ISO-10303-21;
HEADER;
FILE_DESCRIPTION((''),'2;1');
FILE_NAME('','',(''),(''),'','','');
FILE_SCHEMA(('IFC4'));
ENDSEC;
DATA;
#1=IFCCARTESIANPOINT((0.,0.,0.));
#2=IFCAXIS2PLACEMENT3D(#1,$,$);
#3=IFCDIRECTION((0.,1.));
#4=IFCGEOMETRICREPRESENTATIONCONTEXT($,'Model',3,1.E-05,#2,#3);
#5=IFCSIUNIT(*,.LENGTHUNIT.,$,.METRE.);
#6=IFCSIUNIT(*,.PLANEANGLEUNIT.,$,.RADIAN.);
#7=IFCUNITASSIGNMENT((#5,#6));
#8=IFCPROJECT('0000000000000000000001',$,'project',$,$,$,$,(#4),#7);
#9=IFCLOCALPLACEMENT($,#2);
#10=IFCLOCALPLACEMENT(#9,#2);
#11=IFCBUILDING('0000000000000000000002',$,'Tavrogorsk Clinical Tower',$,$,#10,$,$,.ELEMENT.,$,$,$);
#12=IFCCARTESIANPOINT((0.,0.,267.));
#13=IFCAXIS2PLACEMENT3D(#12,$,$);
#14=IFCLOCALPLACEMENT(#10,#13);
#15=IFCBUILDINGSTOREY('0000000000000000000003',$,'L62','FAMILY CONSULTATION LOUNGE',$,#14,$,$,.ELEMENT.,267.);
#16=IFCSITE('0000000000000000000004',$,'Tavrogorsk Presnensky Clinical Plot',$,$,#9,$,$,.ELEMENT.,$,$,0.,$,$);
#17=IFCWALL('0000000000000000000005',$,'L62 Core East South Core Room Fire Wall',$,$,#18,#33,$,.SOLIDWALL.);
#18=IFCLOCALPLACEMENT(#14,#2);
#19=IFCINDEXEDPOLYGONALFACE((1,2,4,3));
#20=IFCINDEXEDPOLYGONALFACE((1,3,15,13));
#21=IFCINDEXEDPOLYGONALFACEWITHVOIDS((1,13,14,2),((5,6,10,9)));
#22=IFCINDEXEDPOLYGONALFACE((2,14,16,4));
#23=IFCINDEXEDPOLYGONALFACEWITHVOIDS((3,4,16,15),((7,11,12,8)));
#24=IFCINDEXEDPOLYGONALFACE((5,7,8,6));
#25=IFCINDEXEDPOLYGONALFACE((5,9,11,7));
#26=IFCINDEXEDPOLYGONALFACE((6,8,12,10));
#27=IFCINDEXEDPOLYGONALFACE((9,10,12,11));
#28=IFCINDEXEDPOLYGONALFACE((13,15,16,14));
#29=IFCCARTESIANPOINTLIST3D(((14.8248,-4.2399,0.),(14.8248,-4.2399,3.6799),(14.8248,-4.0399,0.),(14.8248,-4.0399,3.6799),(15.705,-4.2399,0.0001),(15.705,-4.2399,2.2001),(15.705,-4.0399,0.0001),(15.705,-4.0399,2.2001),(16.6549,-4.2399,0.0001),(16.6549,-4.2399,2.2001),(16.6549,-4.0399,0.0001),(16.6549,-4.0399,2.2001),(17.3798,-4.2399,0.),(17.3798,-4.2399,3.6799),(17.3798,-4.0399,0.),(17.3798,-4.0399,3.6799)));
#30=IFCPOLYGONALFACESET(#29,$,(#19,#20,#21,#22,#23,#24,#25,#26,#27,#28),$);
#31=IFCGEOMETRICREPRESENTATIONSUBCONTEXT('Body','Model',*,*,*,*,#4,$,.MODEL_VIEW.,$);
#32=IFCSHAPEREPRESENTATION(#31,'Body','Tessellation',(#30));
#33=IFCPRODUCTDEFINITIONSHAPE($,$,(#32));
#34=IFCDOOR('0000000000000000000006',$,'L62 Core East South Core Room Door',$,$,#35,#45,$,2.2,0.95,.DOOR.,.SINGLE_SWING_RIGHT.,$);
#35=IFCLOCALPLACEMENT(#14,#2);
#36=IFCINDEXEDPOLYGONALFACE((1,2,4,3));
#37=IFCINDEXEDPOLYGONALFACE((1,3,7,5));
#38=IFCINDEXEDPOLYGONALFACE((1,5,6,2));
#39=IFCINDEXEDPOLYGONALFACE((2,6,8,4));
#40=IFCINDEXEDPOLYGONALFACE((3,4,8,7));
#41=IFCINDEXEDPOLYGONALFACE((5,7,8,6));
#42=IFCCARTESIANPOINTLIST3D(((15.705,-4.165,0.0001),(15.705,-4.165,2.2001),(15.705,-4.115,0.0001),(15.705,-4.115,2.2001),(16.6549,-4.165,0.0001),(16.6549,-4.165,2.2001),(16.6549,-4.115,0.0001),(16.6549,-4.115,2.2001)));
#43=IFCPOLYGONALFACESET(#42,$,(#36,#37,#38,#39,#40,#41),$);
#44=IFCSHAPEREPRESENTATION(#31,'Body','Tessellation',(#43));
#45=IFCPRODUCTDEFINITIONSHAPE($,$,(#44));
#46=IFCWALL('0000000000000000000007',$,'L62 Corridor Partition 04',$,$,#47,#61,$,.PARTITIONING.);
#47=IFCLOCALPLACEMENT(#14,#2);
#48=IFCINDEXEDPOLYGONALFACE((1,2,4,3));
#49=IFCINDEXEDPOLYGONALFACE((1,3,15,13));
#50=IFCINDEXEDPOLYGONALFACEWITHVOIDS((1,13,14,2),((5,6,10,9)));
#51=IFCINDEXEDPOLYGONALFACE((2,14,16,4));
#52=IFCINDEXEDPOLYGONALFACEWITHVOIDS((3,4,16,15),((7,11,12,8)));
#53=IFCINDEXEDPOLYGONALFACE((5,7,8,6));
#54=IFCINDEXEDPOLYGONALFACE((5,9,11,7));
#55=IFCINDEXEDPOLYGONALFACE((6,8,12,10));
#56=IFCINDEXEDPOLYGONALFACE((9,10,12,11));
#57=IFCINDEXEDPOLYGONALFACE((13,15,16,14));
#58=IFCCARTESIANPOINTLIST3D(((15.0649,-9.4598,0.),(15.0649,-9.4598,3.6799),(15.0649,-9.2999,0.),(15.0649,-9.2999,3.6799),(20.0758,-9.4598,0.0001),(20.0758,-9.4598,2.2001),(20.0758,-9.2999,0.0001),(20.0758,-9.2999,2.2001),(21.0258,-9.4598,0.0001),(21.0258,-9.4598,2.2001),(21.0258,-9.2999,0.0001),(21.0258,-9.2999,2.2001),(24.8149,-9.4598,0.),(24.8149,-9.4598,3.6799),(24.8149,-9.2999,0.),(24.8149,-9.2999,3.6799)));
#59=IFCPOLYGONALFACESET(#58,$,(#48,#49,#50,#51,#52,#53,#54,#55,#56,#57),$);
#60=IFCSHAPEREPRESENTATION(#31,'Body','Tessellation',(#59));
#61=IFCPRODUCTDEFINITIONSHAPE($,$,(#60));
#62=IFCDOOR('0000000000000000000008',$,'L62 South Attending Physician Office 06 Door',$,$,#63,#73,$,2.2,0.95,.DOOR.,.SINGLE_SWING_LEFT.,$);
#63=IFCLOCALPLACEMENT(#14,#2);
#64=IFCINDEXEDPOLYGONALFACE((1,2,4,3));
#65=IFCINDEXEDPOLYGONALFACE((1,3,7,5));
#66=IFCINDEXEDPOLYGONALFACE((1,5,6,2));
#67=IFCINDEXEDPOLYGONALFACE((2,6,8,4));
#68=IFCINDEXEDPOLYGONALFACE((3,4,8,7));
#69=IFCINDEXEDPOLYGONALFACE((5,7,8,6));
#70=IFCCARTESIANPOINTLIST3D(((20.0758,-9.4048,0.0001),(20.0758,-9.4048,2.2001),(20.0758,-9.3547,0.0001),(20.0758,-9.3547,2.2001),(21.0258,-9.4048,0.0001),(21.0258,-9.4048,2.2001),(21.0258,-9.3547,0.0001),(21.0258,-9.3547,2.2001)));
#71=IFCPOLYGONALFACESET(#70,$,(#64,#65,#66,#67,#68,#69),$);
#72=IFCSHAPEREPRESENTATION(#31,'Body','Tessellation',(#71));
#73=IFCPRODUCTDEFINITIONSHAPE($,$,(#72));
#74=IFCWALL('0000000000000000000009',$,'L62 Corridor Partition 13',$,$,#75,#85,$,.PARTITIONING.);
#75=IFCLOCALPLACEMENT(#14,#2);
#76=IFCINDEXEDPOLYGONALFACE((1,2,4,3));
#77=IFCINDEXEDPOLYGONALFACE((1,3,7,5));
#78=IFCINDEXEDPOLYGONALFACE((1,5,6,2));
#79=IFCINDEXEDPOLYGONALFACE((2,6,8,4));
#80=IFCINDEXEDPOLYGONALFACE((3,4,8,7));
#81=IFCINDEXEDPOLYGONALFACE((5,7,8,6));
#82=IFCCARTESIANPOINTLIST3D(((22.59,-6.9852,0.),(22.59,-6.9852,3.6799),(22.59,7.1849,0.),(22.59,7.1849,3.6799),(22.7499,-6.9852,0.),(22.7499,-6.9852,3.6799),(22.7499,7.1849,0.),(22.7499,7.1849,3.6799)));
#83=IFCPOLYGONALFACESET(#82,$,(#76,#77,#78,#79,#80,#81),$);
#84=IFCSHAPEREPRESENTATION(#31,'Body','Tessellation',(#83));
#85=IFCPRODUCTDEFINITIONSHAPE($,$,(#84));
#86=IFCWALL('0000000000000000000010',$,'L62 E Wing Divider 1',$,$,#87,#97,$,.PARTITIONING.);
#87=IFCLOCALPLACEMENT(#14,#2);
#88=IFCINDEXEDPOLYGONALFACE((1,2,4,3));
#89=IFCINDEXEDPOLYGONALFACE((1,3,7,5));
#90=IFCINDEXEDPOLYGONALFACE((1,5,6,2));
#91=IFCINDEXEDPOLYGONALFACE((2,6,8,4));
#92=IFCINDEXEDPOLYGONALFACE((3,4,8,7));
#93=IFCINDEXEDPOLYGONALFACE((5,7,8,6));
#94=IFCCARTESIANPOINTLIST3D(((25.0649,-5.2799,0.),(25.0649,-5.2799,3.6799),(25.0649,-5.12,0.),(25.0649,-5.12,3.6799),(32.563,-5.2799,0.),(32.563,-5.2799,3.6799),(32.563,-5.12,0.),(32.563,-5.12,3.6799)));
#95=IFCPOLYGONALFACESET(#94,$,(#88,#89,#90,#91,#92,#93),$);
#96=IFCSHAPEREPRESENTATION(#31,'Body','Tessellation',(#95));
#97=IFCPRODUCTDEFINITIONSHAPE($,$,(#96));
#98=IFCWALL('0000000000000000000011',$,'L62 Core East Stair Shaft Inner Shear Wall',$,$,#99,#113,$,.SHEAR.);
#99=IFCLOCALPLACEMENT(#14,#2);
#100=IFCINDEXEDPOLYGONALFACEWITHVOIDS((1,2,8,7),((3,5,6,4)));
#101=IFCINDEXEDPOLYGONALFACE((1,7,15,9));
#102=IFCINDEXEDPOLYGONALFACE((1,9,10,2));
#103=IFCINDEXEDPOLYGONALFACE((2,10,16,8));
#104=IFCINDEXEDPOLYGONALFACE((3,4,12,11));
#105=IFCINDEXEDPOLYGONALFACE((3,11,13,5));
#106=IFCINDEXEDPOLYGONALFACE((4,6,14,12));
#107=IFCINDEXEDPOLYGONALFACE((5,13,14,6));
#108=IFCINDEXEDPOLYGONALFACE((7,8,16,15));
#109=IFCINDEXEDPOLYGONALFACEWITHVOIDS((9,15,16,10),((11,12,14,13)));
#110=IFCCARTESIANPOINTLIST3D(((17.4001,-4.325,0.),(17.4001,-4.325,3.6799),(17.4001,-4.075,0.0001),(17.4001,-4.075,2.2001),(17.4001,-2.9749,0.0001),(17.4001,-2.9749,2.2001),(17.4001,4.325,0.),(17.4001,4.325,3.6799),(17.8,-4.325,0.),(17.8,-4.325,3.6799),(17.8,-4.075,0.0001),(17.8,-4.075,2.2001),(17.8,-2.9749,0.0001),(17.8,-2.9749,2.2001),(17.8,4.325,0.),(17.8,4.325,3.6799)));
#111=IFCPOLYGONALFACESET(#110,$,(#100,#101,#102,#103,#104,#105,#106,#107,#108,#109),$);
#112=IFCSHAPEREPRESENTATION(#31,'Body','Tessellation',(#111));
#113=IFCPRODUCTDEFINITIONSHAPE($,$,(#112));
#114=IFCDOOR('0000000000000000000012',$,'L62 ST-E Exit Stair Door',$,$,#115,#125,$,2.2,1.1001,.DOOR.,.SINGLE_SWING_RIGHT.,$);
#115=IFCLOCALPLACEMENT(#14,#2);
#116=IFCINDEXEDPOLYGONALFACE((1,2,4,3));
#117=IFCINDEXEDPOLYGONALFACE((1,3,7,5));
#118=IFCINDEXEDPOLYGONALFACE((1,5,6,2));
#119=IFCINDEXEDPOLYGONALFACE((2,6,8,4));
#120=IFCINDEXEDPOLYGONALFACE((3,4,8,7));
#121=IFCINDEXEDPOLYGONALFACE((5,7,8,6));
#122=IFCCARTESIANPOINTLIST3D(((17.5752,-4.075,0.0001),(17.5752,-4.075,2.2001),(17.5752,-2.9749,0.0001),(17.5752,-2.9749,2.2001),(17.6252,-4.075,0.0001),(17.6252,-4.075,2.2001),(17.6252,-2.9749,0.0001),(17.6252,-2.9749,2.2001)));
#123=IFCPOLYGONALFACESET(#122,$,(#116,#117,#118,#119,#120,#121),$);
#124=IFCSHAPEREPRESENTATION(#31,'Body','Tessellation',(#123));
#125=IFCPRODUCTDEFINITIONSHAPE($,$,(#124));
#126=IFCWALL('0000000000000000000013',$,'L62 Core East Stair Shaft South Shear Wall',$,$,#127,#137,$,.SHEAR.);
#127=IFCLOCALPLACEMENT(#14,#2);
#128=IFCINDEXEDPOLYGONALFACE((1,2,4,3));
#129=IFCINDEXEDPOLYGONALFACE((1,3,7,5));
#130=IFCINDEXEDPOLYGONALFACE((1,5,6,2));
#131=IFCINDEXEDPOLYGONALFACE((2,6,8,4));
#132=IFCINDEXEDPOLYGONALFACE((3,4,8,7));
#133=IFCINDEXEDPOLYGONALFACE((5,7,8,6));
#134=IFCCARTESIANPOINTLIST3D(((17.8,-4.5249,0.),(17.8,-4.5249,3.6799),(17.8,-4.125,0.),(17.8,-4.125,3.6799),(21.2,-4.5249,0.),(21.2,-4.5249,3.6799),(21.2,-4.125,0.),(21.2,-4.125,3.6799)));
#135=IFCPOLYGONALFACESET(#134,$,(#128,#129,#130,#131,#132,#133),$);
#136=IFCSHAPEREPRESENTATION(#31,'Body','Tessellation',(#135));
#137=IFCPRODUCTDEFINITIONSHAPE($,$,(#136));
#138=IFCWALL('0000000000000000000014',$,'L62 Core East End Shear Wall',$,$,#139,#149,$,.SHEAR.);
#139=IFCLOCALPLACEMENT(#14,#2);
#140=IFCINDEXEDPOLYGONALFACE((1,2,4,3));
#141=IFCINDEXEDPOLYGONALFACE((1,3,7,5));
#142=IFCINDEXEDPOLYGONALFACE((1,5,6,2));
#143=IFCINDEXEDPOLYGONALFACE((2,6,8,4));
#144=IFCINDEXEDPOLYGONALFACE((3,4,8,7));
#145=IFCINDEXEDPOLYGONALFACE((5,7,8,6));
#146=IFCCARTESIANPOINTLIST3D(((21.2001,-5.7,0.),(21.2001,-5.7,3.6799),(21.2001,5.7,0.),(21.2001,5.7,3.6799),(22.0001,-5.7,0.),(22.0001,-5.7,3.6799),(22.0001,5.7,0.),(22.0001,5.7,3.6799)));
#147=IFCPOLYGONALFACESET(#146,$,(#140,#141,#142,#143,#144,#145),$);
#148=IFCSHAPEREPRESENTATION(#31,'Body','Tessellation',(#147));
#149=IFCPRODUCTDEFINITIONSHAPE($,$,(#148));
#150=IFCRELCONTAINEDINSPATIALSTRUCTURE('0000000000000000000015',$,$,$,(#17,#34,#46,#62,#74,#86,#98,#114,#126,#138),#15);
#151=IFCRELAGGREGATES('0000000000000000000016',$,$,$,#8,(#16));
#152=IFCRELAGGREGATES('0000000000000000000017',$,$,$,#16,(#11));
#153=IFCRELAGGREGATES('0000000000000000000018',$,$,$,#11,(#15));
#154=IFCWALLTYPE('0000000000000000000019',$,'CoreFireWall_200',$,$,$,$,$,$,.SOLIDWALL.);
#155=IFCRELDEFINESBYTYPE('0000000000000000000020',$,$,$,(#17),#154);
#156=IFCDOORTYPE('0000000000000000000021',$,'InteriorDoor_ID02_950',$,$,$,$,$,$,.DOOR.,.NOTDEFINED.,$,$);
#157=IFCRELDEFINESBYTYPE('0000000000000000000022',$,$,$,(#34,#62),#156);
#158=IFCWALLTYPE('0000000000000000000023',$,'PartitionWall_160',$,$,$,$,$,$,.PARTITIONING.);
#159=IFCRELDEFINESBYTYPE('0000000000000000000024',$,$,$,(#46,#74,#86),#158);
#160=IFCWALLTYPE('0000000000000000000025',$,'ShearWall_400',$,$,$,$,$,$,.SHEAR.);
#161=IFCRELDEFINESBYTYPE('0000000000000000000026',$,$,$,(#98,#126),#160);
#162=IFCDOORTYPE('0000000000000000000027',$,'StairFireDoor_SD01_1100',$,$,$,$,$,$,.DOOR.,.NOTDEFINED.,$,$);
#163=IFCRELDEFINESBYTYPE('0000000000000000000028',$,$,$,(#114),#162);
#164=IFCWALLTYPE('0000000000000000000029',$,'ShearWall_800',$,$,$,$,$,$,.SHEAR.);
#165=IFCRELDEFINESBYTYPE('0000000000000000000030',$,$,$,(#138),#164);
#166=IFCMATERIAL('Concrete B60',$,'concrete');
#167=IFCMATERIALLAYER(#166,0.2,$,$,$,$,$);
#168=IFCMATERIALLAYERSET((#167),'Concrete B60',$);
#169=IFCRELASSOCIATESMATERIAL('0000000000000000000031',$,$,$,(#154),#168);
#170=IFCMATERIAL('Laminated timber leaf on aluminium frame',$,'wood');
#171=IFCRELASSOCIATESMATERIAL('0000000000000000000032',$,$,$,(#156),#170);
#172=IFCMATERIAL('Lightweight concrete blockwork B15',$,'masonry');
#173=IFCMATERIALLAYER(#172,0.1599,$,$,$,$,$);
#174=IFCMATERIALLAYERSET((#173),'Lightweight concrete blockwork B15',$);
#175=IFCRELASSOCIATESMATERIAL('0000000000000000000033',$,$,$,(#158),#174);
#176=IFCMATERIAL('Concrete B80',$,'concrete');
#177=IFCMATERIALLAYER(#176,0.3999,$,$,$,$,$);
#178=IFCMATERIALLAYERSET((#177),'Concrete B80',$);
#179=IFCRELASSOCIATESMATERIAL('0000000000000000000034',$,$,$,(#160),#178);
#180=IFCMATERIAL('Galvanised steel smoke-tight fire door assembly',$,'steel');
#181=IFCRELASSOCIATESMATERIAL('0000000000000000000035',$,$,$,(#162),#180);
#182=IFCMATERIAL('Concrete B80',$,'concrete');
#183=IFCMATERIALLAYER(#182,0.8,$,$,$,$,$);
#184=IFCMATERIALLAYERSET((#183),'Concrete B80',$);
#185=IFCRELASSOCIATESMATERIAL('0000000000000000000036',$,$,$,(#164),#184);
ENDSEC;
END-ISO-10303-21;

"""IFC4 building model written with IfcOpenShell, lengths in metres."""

from ifc_helpers import new_model, si_unit, direction, frame, frame_2d, origin, place, context, subcontext, project, spatial, rectangle, extrude, material, layer, layer_set, type_object, element, fill, save


model = new_model("IFC4")

# Units and contexts
model_context = context("Model", 3, precision=1e-05, world=origin(), true_north=direction((0.0, 1.0)))
body_context = subcontext(model_context, "Body", "Model", "MODEL_VIEW")
ifc_project = project(units=[si_unit("LENGTHUNIT", "METRE"), si_unit("PLANEANGLEUNIT", "RADIAN")], contexts=[model_context])

# Site, building, storey
site_placement = place(None, origin())
site = spatial("IfcSite", under=ifc_project, at=site_placement, Name="Tavrogorsk Presnensky Clinical Plot", CompositionType="ELEMENT", RefElevation=0.0)
building_placement = place(site_placement, origin())
building = spatial("IfcBuilding", under=site, at=building_placement, Name="Tavrogorsk Clinical Tower", CompositionType="ELEMENT")
storey_placement = place(building_placement, frame((0.0, 0.0, 267.0)))
storey = spatial("IfcBuildingStorey", under=building, at=storey_placement, Name="L62", Description="FAMILY CONSULTATION LOUNGE", CompositionType="ELEMENT", Elevation=267.0)

# Walls, openings, doors
ifc_material_1 = material(Name="Concrete B60", Category="concrete")
ifc_layer_1 = layer(ifc_material_1, 0.2)
ifc_layer_set_1 = layer_set([ifc_layer_1], Name="Concrete B60")
wall_type_1 = type_object("IfcWallType", Name="CoreFireWall_200", PredefinedType="SOLIDWALL", material=ifc_layer_set_1)
wall_1_placement = place(storey_placement, frame((14.825, -4.1399, 0.0), z_axis=(0.0, 0.0, 1.0), x_axis=(1.0, 0.0, 0.0)))
wall_1 = element("IfcWall", 1, at=wall_1_placement, inside=storey, type_object=wall_type_1, Name="L62 Core East South Core Room Fire Wall", PredefinedType="SOLIDWALL", context=body_context, shape_type="SweptSolid", body=[
    extrude(rectangle(XDim=2.5549, YDim=0.2, at=frame_2d((1.2773, 0.0))), origin(), (0.0, 0.0, 1.0), 3.6799),
])
opening_1_placement = place(wall_1_placement, frame((0.8799, 0.0, 0.0)))
opening_1 = element("IfcOpeningElement", 2, at=opening_1_placement, cuts=wall_1, PredefinedType="OPENING", context=body_context, shape_type="SweptSolid", body=[
    extrude(rectangle(XDim=0.95, YDim=2.2, at=frame_2d((0.4751, 1.1001))), frame((0.0, 0.1099, 0.0), z_axis=(0.0, -1.0, 0.0), x_axis=(1.0, 0.0, 0.0)), (0.0, 0.0, 1.0), 0.22),
])
ifc_material_2 = material(Name="Laminated timber leaf on aluminium frame", Category="wood")
door_type_1 = type_object("IfcDoorType", Name="InteriorDoor_ID02_950", OperationType="NOTDEFINED", PredefinedType="DOOR", material=ifc_material_2)
door_1_placement = place(opening_1_placement, origin())
door_1 = element("IfcDoor", 3, at=door_1_placement, inside=storey, type_object=door_type_1, Name="L62 Core East South Core Room Door", OperationType="SINGLE_SWING_RIGHT", OverallHeight=2.2, OverallWidth=0.95, PredefinedType="DOOR", context=body_context, shape_type="SweptSolid", body=[
    extrude(rectangle(XDim=0.95, YDim=2.2, at=frame_2d((0.4751, 1.1001))), frame((0.0, 0.0249, 0.0), z_axis=(0.0, -1.0, 0.0), x_axis=(1.0, 0.0, 0.0)), (0.0, 0.0, 1.0), 0.05),
])
fill(opening_1, door_1)
ifc_material_3 = material(Name="Lightweight concrete blockwork B15", Category="masonry")
ifc_layer_2 = layer(ifc_material_3, 0.1599)
ifc_layer_set_2 = layer_set([ifc_layer_2], Name="Lightweight concrete blockwork B15")
wall_type_2 = type_object("IfcWallType", Name="PartitionWall_160", PredefinedType="PARTITIONING", material=ifc_layer_set_2)
wall_2_placement = place(storey_placement, frame((24.8149, -9.3799, 0.0), z_axis=(0.0, 0.0, 1.0), x_axis=(-1.0, 0.0, 0.0)))
wall_2 = element("IfcWall", 4, at=wall_2_placement, inside=storey, type_object=wall_type_2, Name="L62 Corridor Partition 04", PredefinedType="PARTITIONING", context=body_context, shape_type="SweptSolid", body=[
    extrude(rectangle(XDim=9.75, YDim=0.1599, at=frame_2d((4.875, 0.0))), origin(), (0.0, 0.0, 1.0), 3.6799),
])
opening_2_placement = place(wall_2_placement, frame((3.7891, 0.0, 0.0)))
opening_2 = element("IfcOpeningElement", 5, at=opening_2_placement, cuts=wall_2, PredefinedType="OPENING", context=body_context, shape_type="SweptSolid", body=[
    extrude(rectangle(XDim=0.95, YDim=2.2, at=frame_2d((0.4751, 1.1001))), frame((0.0, 0.0898, 0.0), z_axis=(0.0, -1.0, 0.0), x_axis=(1.0, 0.0, 0.0)), (0.0, 0.0, 1.0), 0.1799),
])
door_2_placement = place(opening_2_placement, origin())
door_2 = element("IfcDoor", 6, at=door_2_placement, inside=storey, type_object=door_type_1, Name="L62 South Attending Physician Office 06 Door", OperationType="SINGLE_SWING_LEFT", OverallHeight=2.2, OverallWidth=0.95, PredefinedType="DOOR", context=body_context, shape_type="SweptSolid", body=[
    extrude(rectangle(XDim=0.95, YDim=2.2, at=frame_2d((0.4751, 1.1001))), frame((0.0, 0.0249, 0.0), z_axis=(0.0, -1.0, 0.0), x_axis=(1.0, 0.0, 0.0)), (0.0, 0.0, 1.0), 0.05),
])
fill(opening_2, door_2)

# Walls
wall_3_placement = place(storey_placement, frame((22.6699, -6.9851, 0.0), z_axis=(0.0, 0.0, 1.0), x_axis=(0.0, 1.0, 0.0)))
element("IfcWall", 7, at=wall_3_placement, inside=storey, type_object=wall_type_2, Name="L62 Corridor Partition 13", PredefinedType="PARTITIONING", context=body_context, shape_type="SweptSolid", body=[
    extrude(rectangle(XDim=14.1702, YDim=0.1599, at=frame_2d((7.085, 0.0))), origin(), (0.0, 0.0, 1.0), 3.6799),
])
wall_4_placement = place(storey_placement, frame((25.0649, -5.2, 0.0), z_axis=(0.0, 0.0, 1.0), x_axis=(1.0, 0.0, 0.0)))
element("IfcWall", 8, at=wall_4_placement, inside=storey, type_object=wall_type_2, Name="L62 E Wing Divider 1", PredefinedType="PARTITIONING", context=body_context, shape_type="SweptSolid", body=[
    extrude(rectangle(XDim=7.498, YDim=0.1599, at=frame_2d((3.749, 0.0))), origin(), (0.0, 0.0, 1.0), 3.6799),
])

# Wall, opening, door
ifc_material_4 = material(Name="Concrete B80", Category="concrete")
ifc_layer_3 = layer(ifc_material_4, 0.3999)
ifc_layer_set_3 = layer_set([ifc_layer_3], Name="Concrete B80")
wall_type_3 = type_object("IfcWallType", Name="ShearWall_400", PredefinedType="SHEAR", material=ifc_layer_set_3)
wall_5_placement = place(storey_placement, frame((17.6001, -4.325, 0.0), z_axis=(0.0, 0.0, 1.0), x_axis=(0.0, 1.0, 0.0)))
wall_5 = element("IfcWall", 9, at=wall_5_placement, inside=storey, type_object=wall_type_3, Name="L62 Core East Stair Shaft Inner Shear Wall", PredefinedType="SHEAR", context=body_context, shape_type="SweptSolid", body=[
    extrude(rectangle(XDim=8.6499, YDim=0.3999, at=frame_2d((4.325, 0.0))), origin(), (0.0, 0.0, 1.0), 3.6799),
])
opening_3_placement = place(wall_5_placement, frame((0.25, 0.0, 0.0)))
opening_3 = element("IfcOpeningElement", 10, at=opening_3_placement, cuts=wall_5, PredefinedType="OPENING", context=body_context, shape_type="SweptSolid", body=[
    extrude(rectangle(XDim=1.1001, YDim=2.2, at=frame_2d((0.55, 1.1001))), frame((0.0, 0.21, 0.0), z_axis=(0.0, -1.0, 0.0), x_axis=(1.0, 0.0, 0.0)), (0.0, 0.0, 1.0), 0.4199),
])
ifc_material_5 = material(Name="Galvanised steel smoke-tight fire door assembly", Category="steel")
door_type_2 = type_object("IfcDoorType", Name="StairFireDoor_SD01_1100", OperationType="NOTDEFINED", PredefinedType="DOOR", material=ifc_material_5)
door_3_placement = place(opening_3_placement, origin())
door_3 = element("IfcDoor", 11, at=door_3_placement, inside=storey, type_object=door_type_2, Name="L62 ST-E Exit Stair Door", OperationType="SINGLE_SWING_RIGHT", OverallHeight=2.2, OverallWidth=1.1001, PredefinedType="DOOR", context=body_context, shape_type="SweptSolid", body=[
    extrude(rectangle(XDim=1.1001, YDim=2.2, at=frame_2d((0.55, 1.1001))), frame((0.0, 0.0249, 0.0), z_axis=(0.0, -1.0, 0.0), x_axis=(1.0, 0.0, 0.0)), (0.0, 0.0, 1.0), 0.05),
])
fill(opening_3, door_3)

# Walls
wall_6_placement = place(storey_placement, frame((17.8, -4.325, 0.0), z_axis=(0.0, 0.0, 1.0), x_axis=(1.0, 0.0, 0.0)))
element("IfcWall", 12, at=wall_6_placement, inside=storey, type_object=wall_type_3, Name="L62 Core East Stair Shaft South Shear Wall", PredefinedType="SHEAR", context=body_context, shape_type="SweptSolid", body=[
    extrude(rectangle(XDim=3.3999, YDim=0.3999, at=frame_2d((1.7, 0.0))), origin(), (0.0, 0.0, 1.0), 3.6799),
])
ifc_material_6 = material(Name="Concrete B80", Category="concrete")
ifc_layer_4 = layer(ifc_material_6, 0.8)
ifc_layer_set_4 = layer_set([ifc_layer_4], Name="Concrete B80")
wall_type_4 = type_object("IfcWallType", Name="ShearWall_800", PredefinedType="SHEAR", material=ifc_layer_set_4)
wall_7_placement = place(storey_placement, frame((21.6001, -5.7, 0.0), z_axis=(0.0, 0.0, 1.0), x_axis=(0.0, 1.0, 0.0)))
element("IfcWall", 13, at=wall_7_placement, inside=storey, type_object=wall_type_4, Name="L62 Core East End Shear Wall", PredefinedType="SHEAR", context=body_context, shape_type="SweptSolid", body=[
    extrude(rectangle(XDim=11.3999, YDim=0.8, at=frame_2d((5.7, 0.0))), origin(), (0.0, 0.0, 1.0), 3.6799),
])

save(model, "model.ifc")
